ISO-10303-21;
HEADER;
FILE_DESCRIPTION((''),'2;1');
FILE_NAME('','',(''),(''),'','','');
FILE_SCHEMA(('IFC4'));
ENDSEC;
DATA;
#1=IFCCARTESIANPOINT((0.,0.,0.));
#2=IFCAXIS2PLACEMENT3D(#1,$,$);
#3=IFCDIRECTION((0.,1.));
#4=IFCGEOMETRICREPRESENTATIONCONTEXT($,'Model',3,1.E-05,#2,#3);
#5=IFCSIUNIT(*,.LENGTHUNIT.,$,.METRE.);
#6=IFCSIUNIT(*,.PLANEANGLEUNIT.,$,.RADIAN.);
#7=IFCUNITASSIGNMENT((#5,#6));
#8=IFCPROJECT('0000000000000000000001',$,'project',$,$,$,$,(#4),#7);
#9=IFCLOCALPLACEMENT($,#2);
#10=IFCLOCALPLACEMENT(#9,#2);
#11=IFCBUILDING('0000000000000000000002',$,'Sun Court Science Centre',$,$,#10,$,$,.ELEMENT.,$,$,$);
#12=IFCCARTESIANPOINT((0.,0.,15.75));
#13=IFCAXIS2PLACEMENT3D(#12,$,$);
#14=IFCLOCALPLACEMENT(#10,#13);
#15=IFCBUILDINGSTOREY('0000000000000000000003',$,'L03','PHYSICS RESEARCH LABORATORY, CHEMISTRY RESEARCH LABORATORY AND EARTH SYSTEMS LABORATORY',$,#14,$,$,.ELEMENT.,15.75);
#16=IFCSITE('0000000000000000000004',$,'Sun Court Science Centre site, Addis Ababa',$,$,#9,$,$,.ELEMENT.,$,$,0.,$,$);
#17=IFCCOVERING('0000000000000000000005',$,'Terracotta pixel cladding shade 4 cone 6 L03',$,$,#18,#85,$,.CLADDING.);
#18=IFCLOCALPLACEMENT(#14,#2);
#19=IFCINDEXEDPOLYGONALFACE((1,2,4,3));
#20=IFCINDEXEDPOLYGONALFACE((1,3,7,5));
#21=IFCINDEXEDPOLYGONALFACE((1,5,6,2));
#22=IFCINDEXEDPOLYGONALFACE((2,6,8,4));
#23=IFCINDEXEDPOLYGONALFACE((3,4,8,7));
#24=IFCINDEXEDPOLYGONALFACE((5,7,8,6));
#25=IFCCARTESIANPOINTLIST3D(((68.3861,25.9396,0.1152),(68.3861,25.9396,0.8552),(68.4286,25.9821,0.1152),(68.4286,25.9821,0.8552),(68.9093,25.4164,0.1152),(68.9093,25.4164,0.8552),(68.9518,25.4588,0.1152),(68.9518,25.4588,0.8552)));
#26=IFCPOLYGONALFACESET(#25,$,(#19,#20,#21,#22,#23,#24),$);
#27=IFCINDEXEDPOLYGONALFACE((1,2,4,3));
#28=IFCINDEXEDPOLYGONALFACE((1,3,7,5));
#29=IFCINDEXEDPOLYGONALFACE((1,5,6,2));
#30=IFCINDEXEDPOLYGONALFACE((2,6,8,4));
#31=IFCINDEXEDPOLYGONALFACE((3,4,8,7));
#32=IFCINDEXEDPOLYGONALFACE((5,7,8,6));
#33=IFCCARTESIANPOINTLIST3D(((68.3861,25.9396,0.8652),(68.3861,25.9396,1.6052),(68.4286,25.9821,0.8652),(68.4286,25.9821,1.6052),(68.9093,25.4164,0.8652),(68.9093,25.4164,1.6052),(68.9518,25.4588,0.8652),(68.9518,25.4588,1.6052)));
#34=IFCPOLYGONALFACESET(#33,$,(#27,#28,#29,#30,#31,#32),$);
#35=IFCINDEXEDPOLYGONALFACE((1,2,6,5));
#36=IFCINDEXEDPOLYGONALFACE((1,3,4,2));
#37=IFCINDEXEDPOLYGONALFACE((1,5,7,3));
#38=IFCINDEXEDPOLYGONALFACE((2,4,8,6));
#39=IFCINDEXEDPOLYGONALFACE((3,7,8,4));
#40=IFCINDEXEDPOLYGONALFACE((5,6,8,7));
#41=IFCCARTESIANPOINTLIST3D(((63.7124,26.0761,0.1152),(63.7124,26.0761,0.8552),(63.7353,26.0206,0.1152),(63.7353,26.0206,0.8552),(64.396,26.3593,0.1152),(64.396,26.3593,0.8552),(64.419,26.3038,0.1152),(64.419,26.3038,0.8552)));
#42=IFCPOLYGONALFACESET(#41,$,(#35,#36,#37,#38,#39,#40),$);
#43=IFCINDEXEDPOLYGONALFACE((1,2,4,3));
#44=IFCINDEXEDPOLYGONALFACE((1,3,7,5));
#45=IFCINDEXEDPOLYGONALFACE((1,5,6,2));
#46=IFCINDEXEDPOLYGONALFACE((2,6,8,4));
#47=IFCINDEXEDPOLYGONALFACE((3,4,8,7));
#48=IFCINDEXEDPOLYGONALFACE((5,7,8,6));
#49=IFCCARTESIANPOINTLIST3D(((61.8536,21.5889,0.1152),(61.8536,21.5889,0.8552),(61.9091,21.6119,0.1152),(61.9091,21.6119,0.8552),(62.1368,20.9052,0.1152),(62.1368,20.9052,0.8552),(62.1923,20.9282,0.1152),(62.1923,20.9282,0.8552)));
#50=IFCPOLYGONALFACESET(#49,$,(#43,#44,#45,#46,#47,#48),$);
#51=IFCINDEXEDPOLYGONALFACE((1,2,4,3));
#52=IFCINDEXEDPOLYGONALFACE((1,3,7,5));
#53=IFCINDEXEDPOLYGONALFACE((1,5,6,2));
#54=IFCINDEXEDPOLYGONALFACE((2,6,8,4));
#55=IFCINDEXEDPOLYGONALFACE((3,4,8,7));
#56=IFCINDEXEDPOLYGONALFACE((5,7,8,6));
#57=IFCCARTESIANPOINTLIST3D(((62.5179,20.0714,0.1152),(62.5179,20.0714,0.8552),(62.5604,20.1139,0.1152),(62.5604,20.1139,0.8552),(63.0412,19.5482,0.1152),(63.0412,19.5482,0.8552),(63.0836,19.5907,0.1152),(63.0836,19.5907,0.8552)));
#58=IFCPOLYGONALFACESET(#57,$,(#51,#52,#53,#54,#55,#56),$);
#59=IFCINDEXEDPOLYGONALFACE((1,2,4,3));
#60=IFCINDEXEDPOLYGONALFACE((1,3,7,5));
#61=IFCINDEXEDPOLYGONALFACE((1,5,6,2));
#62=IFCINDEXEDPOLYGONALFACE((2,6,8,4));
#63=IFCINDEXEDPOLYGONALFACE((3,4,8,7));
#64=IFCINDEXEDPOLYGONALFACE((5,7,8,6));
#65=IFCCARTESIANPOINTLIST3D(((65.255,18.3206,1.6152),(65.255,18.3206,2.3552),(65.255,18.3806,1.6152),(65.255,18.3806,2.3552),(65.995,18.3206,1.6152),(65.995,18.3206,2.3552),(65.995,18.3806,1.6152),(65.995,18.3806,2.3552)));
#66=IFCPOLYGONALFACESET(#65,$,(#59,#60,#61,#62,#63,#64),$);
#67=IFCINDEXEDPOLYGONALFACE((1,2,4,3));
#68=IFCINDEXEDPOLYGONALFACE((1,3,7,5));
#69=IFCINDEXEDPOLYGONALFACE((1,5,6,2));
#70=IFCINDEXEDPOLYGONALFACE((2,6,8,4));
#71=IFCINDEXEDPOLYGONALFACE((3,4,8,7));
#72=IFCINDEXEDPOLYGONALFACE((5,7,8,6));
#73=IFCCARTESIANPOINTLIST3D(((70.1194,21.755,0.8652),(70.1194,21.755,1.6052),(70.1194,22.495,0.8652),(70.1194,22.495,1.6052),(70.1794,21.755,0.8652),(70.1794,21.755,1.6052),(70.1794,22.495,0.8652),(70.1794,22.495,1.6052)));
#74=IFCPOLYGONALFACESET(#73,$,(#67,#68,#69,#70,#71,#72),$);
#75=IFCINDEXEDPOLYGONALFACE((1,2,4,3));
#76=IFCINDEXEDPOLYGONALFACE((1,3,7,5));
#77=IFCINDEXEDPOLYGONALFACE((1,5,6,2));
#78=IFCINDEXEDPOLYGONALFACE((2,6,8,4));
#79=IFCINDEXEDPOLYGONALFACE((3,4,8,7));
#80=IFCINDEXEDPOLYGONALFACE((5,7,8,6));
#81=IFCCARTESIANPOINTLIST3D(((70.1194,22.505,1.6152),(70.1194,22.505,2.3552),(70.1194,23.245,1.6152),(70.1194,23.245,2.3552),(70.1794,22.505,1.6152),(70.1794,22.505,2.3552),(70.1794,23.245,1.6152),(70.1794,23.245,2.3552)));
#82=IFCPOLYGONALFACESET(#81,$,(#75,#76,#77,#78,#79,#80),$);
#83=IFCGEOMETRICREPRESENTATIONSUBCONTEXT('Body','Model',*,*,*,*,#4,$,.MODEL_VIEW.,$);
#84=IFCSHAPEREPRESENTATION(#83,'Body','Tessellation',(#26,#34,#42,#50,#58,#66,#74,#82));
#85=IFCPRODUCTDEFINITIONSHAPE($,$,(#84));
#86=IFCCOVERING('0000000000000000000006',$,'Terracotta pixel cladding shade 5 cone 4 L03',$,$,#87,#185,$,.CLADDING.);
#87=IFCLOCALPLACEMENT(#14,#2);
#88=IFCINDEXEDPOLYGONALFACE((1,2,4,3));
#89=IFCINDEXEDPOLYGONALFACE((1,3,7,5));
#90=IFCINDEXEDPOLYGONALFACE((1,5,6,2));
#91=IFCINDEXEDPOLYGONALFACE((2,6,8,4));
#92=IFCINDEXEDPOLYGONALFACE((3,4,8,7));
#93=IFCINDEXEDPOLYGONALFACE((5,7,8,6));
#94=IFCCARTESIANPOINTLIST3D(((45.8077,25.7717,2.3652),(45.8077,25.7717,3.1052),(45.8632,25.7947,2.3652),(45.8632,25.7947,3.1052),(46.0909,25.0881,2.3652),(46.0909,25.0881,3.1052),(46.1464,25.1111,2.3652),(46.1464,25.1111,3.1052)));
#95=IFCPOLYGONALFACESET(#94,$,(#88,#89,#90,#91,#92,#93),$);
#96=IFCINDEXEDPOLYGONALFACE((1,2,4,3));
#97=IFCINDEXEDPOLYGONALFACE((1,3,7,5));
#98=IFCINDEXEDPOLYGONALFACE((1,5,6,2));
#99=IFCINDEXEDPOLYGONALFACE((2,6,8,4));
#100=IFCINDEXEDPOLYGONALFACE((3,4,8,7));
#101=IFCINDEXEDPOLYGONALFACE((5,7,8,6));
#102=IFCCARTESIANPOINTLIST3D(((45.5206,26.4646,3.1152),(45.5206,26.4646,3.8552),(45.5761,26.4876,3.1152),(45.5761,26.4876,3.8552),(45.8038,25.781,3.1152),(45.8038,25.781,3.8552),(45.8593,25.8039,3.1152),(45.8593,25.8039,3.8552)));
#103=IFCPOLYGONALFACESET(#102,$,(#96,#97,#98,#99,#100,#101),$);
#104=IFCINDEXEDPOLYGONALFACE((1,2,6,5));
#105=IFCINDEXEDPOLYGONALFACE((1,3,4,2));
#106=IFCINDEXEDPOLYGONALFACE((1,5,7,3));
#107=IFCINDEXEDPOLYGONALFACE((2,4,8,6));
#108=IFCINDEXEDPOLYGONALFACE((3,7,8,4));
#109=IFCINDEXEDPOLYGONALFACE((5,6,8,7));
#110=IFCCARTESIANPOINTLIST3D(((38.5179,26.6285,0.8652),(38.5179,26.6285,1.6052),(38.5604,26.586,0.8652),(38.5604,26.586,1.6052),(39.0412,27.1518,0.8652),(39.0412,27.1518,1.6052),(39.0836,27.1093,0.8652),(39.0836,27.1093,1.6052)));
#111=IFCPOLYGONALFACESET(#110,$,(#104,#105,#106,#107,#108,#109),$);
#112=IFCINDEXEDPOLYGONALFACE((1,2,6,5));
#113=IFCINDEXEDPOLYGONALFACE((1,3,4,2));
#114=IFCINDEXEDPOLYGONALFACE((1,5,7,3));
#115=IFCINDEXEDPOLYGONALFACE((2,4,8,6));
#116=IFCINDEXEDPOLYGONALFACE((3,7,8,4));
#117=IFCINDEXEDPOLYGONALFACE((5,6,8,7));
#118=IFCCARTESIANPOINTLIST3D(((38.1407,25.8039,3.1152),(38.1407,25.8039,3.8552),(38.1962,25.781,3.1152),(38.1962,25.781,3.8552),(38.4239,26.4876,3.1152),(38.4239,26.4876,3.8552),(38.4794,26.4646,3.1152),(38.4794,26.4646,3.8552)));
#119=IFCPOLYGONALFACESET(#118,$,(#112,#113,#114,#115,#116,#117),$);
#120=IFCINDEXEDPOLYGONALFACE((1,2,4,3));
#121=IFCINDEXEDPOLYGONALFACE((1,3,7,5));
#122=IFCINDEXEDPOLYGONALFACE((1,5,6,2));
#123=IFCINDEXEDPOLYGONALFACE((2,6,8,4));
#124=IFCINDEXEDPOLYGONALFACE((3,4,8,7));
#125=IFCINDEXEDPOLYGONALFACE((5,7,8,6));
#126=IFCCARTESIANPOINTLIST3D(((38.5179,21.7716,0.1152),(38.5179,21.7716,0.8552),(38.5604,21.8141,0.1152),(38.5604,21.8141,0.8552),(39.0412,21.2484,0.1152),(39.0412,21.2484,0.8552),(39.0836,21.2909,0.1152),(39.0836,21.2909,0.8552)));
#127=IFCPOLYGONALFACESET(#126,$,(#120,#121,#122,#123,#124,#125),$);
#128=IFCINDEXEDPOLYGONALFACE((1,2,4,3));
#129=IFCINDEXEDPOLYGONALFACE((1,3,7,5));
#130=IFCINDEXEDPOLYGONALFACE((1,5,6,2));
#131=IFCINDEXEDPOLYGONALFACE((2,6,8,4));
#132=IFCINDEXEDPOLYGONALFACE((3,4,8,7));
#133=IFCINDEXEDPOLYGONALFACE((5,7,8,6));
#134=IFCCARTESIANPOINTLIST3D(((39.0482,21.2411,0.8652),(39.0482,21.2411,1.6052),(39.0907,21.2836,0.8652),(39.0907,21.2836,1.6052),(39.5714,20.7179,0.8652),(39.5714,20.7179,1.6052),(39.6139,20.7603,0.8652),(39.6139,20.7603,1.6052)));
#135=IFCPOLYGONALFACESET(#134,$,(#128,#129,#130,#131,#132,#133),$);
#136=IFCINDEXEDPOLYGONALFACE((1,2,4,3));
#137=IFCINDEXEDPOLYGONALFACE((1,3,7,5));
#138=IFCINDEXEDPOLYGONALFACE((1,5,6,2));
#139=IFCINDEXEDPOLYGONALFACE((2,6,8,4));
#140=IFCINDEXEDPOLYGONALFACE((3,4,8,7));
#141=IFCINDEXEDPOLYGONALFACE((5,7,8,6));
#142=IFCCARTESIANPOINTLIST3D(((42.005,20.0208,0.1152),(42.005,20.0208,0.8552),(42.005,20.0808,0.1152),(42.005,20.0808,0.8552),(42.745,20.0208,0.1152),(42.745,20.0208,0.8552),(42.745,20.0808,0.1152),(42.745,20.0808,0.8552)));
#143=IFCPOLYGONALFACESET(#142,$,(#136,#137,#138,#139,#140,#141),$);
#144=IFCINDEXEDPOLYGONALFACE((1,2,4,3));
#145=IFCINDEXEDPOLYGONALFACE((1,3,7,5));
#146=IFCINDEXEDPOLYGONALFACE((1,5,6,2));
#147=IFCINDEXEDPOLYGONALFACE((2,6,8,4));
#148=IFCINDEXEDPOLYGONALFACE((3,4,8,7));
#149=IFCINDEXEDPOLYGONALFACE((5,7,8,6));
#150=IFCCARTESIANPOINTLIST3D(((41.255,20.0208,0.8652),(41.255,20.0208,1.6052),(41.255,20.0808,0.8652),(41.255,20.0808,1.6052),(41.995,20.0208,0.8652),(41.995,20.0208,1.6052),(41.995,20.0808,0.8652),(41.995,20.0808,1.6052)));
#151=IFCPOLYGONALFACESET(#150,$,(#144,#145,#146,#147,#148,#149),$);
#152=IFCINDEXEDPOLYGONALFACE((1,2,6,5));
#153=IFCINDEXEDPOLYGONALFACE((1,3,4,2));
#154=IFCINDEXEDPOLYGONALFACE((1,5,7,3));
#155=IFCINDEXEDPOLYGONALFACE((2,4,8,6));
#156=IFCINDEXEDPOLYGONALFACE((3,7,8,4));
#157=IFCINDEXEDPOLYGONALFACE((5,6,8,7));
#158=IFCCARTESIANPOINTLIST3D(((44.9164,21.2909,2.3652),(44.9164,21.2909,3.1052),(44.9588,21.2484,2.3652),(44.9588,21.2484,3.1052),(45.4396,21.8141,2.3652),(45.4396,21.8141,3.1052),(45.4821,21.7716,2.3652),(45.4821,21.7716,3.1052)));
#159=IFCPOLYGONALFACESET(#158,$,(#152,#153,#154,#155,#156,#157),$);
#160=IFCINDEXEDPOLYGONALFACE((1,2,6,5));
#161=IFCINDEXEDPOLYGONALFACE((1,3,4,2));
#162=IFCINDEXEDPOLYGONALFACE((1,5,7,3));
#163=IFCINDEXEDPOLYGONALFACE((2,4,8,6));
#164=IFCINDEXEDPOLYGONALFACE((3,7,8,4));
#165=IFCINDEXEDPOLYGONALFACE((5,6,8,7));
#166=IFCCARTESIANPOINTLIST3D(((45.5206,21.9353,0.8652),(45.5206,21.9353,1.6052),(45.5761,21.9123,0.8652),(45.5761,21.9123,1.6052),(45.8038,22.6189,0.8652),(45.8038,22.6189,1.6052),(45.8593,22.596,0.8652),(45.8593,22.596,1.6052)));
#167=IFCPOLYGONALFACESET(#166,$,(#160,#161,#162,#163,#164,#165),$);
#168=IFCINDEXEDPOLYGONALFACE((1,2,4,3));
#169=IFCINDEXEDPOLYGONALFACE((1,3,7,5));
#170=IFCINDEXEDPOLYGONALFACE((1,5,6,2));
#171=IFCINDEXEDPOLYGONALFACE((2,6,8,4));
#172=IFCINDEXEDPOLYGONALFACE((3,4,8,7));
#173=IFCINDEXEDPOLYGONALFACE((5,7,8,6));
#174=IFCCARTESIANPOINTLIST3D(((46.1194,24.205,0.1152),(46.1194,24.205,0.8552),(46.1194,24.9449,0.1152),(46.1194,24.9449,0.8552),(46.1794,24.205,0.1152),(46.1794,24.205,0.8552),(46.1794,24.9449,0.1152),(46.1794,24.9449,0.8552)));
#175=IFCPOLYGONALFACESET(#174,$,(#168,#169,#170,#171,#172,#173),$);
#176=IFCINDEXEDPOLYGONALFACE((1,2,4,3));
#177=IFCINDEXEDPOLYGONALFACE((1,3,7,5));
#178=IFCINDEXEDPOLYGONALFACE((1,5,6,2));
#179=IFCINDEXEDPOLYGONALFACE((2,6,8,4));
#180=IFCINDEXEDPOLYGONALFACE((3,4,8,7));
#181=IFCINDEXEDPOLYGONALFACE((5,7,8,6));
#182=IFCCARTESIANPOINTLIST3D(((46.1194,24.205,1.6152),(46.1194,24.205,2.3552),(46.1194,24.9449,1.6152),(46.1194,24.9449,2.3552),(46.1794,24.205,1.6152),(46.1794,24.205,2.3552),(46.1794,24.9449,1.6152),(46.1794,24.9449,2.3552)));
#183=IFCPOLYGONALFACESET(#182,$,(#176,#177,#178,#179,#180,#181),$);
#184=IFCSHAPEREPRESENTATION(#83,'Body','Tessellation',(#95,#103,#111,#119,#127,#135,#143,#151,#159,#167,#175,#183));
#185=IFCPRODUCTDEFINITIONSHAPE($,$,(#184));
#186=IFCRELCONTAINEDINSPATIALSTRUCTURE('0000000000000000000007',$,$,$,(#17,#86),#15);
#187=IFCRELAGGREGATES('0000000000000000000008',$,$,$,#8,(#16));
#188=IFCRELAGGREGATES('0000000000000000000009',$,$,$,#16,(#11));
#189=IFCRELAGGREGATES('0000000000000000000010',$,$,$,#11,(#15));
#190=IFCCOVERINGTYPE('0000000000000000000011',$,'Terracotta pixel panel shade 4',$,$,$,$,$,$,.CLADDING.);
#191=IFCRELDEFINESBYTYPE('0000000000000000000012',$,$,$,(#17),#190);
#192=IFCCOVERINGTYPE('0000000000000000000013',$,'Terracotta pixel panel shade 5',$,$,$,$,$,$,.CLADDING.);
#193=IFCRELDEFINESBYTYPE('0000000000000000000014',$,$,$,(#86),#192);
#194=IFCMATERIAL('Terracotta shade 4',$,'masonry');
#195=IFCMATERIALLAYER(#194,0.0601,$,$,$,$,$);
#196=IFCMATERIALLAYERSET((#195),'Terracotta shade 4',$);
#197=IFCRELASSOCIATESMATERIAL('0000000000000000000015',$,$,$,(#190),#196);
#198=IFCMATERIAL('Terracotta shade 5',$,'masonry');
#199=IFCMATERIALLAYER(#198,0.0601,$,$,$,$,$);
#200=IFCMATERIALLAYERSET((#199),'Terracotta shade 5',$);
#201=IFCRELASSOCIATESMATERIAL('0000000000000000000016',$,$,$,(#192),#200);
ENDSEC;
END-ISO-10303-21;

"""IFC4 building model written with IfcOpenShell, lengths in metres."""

from ifc_helpers import new_model, si_unit, direction, frame, origin, origin_2d, place, context, subcontext, project, spatial, rectangle, extrude, material, layer, layer_set, type_object, element, save


model = new_model("IFC4")

# Units and contexts
model_context = context("Model", 3, precision=1e-05, world=origin(), true_north=direction((0.0, 1.0)))
body_context = subcontext(model_context, "Body", "Model", "MODEL_VIEW")
ifc_project = project(units=[si_unit("LENGTHUNIT", "METRE"), si_unit("PLANEANGLEUNIT", "RADIAN")], contexts=[model_context])

# Site, building, storey
site_placement = place(None, origin())
site = spatial("IfcSite", under=ifc_project, at=site_placement, Name="Sun Court Science Centre site, Addis Ababa", CompositionType="ELEMENT", RefElevation=0.0)
building_placement = place(site_placement, origin())
building = spatial("IfcBuilding", under=site, at=building_placement, Name="Sun Court Science Centre", CompositionType="ELEMENT")
storey_placement = place(building_placement, frame((0.0, 0.0, 15.75)))
storey = spatial("IfcBuildingStorey", under=building, at=storey_placement, Name="L03", Description="PHYSICS RESEARCH LABORATORY, CHEMISTRY RESEARCH LABORATORY AND EARTH SYSTEMS LABORATORY", CompositionType="ELEMENT", Elevation=15.75)

# Coverings
ifc_material_1 = material(Name="Terracotta shade 4", Category="masonry")
ifc_layer_1 = layer(ifc_material_1, 0.0601)
ifc_layer_set_1 = layer_set([ifc_layer_1], Name="Terracotta shade 4")
covering_type_1 = type_object("IfcCoveringType", Name="Terracotta pixel panel shade 4", PredefinedType="CLADDING", material=ifc_layer_set_1)
covering_1_placement = place(storey_placement, frame((0.0, 0.0, -15.75)))
element("IfcCovering", 1, at=covering_1_placement, inside=storey, type_object=covering_type_1, Name="Terracotta pixel cladding shade 4 cone 6 L03", PredefinedType="CLADDING", context=body_context, shape_type="SweptSolid", body=[
    extrude(rectangle(XDim=0.74, YDim=0.0601, at=origin_2d()), frame((68.6689, 25.6992, 15.8652), z_axis=(0.0, 0.0, 1.0), x_axis=(0.707107, -0.707107, 0.0)), (0.0, 0.0, 1.0), 0.74),
    extrude(rectangle(XDim=0.74, YDim=0.0601, at=origin_2d()), frame((68.6689, 25.6992, 16.6152), z_axis=(0.0, 0.0, 1.0), x_axis=(0.707107, -0.707107, 0.0)), (0.0, 0.0, 1.0), 0.74),
    extrude(rectangle(XDim=0.74, YDim=0.0601, at=origin_2d()), frame((64.0657, 26.1899, 15.8652), z_axis=(0.0, 0.0, 1.0), x_axis=(0.92388, 0.382683, 0.0)), (0.0, 0.0, 1.0), 0.74),
    extrude(rectangle(XDim=0.74, YDim=0.0601, at=origin_2d()), frame((62.0229, 21.2585, 15.8652), z_axis=(0.0, 0.0, 1.0), x_axis=(-0.382683, 0.92388, 0.0)), (0.0, 0.0, 1.0), 0.74),
    extrude(rectangle(XDim=0.74, YDim=0.0601, at=origin_2d()), frame((62.8008, 19.8311, 15.8652), z_axis=(0.0, 0.0, 1.0), x_axis=(-0.707107, 0.707107, 0.0)), (0.0, 0.0, 1.0), 0.74),
    extrude(rectangle(XDim=0.74, YDim=0.0601, at=origin_2d()), frame((65.625, 18.3506, 17.3652), z_axis=(0.0, 0.0, 1.0), x_axis=(-1.0, 0.0, 0.0)), (0.0, 0.0, 1.0), 0.74),
    extrude(rectangle(XDim=0.74, YDim=0.0601, at=origin_2d()), frame((70.1494, 22.125, 16.6152), z_axis=(0.0, 0.0, 1.0), x_axis=(0.0, -1.0, 0.0)), (0.0, 0.0, 1.0), 0.74),
    extrude(rectangle(XDim=0.74, YDim=0.0601, at=origin_2d()), frame((70.1494, 22.875, 17.3652), z_axis=(0.0, 0.0, 1.0), x_axis=(0.0, -1.0, 0.0)), (0.0, 0.0, 1.0), 0.74),
])
ifc_material_2 = material(Name="Terracotta shade 5", Category="masonry")
ifc_layer_2 = layer(ifc_material_2, 0.0601)
ifc_layer_set_2 = layer_set([ifc_layer_2], Name="Terracotta shade 5")
covering_type_2 = type_object("IfcCoveringType", Name="Terracotta pixel panel shade 5", PredefinedType="CLADDING", material=ifc_layer_set_2)
covering_2_placement = place(storey_placement, frame((0.0, 0.0, -15.75)))
element("IfcCovering", 2, at=covering_2_placement, inside=storey, type_object=covering_type_2, Name="Terracotta pixel cladding shade 5 cone 4 L03", PredefinedType="CLADDING", context=body_context, shape_type="SweptSolid", body=[
    extrude(rectangle(XDim=0.74, YDim=0.0601, at=origin_2d()), frame((45.9771, 25.4414, 18.1152), z_axis=(0.0, 0.0, 1.0), x_axis=(0.382683, -0.92388, 0.0)), (0.0, 0.0, 1.0), 0.74),
    extrude(rectangle(XDim=0.74, YDim=0.0601, at=origin_2d()), frame((45.6899, 26.1343, 18.8652), z_axis=(0.0, 0.0, 1.0), x_axis=(0.382683, -0.92388, 0.0)), (0.0, 0.0, 1.0), 0.74),
    extrude(rectangle(XDim=0.74, YDim=0.0601, at=origin_2d()), frame((38.8008, 26.8689, 16.6152), z_axis=(0.0, 0.0, 1.0), x_axis=(0.707107, 0.707107, 0.0)), (0.0, 0.0, 1.0), 0.74),
    extrude(rectangle(XDim=0.74, YDim=0.0601, at=origin_2d()), frame((38.3101, 26.1343, 18.8652), z_axis=(0.0, 0.0, 1.0), x_axis=(0.382683, 0.92388, 0.0)), (0.0, 0.0, 1.0), 0.74),
    extrude(rectangle(XDim=0.74, YDim=0.0601, at=origin_2d()), frame((38.8008, 21.5312, 15.8652), z_axis=(0.0, 0.0, 1.0), x_axis=(-0.707107, 0.707107, 0.0)), (0.0, 0.0, 1.0), 0.74),
    extrude(rectangle(XDim=0.74, YDim=0.0601, at=origin_2d()), frame((39.3311, 21.0007, 16.6152), z_axis=(0.0, 0.0, 1.0), x_axis=(-0.707107, 0.707107, 0.0)), (0.0, 0.0, 1.0), 0.74),
    extrude(rectangle(XDim=0.74, YDim=0.0601, at=origin_2d()), frame((42.375, 20.0508, 15.8652), z_axis=(0.0, 0.0, 1.0), x_axis=(-1.0, 0.0, 0.0)), (0.0, 0.0, 1.0), 0.74),
    extrude(rectangle(XDim=0.74, YDim=0.0601, at=origin_2d()), frame((41.625, 20.0508, 16.6152), z_axis=(0.0, 0.0, 1.0), x_axis=(-1.0, 0.0, 0.0)), (0.0, 0.0, 1.0), 0.74),
    extrude(rectangle(XDim=0.74, YDim=0.0601, at=origin_2d()), frame((45.1992, 21.5312, 18.1152), z_axis=(0.0, 0.0, 1.0), x_axis=(-0.707107, -0.707107, 0.0)), (0.0, 0.0, 1.0), 0.74),
    extrude(rectangle(XDim=0.74, YDim=0.0601, at=origin_2d()), frame((45.6899, 22.2656, 16.6152), z_axis=(0.0, 0.0, 1.0), x_axis=(-0.382683, -0.92388, 0.0)), (0.0, 0.0, 1.0), 0.74),
    extrude(rectangle(XDim=0.74, YDim=0.0601, at=origin_2d()), frame((46.1494, 24.575, 15.8652), z_axis=(0.0, 0.0, 1.0), x_axis=(0.0, -1.0, 0.0)), (0.0, 0.0, 1.0), 0.74),
    extrude(rectangle(XDim=0.74, YDim=0.0601, at=origin_2d()), frame((46.1494, 24.575, 17.3652), z_axis=(0.0, 0.0, 1.0), x_axis=(0.0, -1.0, 0.0)), (0.0, 0.0, 1.0), 0.74),
])

save(model, "model.ifc")
